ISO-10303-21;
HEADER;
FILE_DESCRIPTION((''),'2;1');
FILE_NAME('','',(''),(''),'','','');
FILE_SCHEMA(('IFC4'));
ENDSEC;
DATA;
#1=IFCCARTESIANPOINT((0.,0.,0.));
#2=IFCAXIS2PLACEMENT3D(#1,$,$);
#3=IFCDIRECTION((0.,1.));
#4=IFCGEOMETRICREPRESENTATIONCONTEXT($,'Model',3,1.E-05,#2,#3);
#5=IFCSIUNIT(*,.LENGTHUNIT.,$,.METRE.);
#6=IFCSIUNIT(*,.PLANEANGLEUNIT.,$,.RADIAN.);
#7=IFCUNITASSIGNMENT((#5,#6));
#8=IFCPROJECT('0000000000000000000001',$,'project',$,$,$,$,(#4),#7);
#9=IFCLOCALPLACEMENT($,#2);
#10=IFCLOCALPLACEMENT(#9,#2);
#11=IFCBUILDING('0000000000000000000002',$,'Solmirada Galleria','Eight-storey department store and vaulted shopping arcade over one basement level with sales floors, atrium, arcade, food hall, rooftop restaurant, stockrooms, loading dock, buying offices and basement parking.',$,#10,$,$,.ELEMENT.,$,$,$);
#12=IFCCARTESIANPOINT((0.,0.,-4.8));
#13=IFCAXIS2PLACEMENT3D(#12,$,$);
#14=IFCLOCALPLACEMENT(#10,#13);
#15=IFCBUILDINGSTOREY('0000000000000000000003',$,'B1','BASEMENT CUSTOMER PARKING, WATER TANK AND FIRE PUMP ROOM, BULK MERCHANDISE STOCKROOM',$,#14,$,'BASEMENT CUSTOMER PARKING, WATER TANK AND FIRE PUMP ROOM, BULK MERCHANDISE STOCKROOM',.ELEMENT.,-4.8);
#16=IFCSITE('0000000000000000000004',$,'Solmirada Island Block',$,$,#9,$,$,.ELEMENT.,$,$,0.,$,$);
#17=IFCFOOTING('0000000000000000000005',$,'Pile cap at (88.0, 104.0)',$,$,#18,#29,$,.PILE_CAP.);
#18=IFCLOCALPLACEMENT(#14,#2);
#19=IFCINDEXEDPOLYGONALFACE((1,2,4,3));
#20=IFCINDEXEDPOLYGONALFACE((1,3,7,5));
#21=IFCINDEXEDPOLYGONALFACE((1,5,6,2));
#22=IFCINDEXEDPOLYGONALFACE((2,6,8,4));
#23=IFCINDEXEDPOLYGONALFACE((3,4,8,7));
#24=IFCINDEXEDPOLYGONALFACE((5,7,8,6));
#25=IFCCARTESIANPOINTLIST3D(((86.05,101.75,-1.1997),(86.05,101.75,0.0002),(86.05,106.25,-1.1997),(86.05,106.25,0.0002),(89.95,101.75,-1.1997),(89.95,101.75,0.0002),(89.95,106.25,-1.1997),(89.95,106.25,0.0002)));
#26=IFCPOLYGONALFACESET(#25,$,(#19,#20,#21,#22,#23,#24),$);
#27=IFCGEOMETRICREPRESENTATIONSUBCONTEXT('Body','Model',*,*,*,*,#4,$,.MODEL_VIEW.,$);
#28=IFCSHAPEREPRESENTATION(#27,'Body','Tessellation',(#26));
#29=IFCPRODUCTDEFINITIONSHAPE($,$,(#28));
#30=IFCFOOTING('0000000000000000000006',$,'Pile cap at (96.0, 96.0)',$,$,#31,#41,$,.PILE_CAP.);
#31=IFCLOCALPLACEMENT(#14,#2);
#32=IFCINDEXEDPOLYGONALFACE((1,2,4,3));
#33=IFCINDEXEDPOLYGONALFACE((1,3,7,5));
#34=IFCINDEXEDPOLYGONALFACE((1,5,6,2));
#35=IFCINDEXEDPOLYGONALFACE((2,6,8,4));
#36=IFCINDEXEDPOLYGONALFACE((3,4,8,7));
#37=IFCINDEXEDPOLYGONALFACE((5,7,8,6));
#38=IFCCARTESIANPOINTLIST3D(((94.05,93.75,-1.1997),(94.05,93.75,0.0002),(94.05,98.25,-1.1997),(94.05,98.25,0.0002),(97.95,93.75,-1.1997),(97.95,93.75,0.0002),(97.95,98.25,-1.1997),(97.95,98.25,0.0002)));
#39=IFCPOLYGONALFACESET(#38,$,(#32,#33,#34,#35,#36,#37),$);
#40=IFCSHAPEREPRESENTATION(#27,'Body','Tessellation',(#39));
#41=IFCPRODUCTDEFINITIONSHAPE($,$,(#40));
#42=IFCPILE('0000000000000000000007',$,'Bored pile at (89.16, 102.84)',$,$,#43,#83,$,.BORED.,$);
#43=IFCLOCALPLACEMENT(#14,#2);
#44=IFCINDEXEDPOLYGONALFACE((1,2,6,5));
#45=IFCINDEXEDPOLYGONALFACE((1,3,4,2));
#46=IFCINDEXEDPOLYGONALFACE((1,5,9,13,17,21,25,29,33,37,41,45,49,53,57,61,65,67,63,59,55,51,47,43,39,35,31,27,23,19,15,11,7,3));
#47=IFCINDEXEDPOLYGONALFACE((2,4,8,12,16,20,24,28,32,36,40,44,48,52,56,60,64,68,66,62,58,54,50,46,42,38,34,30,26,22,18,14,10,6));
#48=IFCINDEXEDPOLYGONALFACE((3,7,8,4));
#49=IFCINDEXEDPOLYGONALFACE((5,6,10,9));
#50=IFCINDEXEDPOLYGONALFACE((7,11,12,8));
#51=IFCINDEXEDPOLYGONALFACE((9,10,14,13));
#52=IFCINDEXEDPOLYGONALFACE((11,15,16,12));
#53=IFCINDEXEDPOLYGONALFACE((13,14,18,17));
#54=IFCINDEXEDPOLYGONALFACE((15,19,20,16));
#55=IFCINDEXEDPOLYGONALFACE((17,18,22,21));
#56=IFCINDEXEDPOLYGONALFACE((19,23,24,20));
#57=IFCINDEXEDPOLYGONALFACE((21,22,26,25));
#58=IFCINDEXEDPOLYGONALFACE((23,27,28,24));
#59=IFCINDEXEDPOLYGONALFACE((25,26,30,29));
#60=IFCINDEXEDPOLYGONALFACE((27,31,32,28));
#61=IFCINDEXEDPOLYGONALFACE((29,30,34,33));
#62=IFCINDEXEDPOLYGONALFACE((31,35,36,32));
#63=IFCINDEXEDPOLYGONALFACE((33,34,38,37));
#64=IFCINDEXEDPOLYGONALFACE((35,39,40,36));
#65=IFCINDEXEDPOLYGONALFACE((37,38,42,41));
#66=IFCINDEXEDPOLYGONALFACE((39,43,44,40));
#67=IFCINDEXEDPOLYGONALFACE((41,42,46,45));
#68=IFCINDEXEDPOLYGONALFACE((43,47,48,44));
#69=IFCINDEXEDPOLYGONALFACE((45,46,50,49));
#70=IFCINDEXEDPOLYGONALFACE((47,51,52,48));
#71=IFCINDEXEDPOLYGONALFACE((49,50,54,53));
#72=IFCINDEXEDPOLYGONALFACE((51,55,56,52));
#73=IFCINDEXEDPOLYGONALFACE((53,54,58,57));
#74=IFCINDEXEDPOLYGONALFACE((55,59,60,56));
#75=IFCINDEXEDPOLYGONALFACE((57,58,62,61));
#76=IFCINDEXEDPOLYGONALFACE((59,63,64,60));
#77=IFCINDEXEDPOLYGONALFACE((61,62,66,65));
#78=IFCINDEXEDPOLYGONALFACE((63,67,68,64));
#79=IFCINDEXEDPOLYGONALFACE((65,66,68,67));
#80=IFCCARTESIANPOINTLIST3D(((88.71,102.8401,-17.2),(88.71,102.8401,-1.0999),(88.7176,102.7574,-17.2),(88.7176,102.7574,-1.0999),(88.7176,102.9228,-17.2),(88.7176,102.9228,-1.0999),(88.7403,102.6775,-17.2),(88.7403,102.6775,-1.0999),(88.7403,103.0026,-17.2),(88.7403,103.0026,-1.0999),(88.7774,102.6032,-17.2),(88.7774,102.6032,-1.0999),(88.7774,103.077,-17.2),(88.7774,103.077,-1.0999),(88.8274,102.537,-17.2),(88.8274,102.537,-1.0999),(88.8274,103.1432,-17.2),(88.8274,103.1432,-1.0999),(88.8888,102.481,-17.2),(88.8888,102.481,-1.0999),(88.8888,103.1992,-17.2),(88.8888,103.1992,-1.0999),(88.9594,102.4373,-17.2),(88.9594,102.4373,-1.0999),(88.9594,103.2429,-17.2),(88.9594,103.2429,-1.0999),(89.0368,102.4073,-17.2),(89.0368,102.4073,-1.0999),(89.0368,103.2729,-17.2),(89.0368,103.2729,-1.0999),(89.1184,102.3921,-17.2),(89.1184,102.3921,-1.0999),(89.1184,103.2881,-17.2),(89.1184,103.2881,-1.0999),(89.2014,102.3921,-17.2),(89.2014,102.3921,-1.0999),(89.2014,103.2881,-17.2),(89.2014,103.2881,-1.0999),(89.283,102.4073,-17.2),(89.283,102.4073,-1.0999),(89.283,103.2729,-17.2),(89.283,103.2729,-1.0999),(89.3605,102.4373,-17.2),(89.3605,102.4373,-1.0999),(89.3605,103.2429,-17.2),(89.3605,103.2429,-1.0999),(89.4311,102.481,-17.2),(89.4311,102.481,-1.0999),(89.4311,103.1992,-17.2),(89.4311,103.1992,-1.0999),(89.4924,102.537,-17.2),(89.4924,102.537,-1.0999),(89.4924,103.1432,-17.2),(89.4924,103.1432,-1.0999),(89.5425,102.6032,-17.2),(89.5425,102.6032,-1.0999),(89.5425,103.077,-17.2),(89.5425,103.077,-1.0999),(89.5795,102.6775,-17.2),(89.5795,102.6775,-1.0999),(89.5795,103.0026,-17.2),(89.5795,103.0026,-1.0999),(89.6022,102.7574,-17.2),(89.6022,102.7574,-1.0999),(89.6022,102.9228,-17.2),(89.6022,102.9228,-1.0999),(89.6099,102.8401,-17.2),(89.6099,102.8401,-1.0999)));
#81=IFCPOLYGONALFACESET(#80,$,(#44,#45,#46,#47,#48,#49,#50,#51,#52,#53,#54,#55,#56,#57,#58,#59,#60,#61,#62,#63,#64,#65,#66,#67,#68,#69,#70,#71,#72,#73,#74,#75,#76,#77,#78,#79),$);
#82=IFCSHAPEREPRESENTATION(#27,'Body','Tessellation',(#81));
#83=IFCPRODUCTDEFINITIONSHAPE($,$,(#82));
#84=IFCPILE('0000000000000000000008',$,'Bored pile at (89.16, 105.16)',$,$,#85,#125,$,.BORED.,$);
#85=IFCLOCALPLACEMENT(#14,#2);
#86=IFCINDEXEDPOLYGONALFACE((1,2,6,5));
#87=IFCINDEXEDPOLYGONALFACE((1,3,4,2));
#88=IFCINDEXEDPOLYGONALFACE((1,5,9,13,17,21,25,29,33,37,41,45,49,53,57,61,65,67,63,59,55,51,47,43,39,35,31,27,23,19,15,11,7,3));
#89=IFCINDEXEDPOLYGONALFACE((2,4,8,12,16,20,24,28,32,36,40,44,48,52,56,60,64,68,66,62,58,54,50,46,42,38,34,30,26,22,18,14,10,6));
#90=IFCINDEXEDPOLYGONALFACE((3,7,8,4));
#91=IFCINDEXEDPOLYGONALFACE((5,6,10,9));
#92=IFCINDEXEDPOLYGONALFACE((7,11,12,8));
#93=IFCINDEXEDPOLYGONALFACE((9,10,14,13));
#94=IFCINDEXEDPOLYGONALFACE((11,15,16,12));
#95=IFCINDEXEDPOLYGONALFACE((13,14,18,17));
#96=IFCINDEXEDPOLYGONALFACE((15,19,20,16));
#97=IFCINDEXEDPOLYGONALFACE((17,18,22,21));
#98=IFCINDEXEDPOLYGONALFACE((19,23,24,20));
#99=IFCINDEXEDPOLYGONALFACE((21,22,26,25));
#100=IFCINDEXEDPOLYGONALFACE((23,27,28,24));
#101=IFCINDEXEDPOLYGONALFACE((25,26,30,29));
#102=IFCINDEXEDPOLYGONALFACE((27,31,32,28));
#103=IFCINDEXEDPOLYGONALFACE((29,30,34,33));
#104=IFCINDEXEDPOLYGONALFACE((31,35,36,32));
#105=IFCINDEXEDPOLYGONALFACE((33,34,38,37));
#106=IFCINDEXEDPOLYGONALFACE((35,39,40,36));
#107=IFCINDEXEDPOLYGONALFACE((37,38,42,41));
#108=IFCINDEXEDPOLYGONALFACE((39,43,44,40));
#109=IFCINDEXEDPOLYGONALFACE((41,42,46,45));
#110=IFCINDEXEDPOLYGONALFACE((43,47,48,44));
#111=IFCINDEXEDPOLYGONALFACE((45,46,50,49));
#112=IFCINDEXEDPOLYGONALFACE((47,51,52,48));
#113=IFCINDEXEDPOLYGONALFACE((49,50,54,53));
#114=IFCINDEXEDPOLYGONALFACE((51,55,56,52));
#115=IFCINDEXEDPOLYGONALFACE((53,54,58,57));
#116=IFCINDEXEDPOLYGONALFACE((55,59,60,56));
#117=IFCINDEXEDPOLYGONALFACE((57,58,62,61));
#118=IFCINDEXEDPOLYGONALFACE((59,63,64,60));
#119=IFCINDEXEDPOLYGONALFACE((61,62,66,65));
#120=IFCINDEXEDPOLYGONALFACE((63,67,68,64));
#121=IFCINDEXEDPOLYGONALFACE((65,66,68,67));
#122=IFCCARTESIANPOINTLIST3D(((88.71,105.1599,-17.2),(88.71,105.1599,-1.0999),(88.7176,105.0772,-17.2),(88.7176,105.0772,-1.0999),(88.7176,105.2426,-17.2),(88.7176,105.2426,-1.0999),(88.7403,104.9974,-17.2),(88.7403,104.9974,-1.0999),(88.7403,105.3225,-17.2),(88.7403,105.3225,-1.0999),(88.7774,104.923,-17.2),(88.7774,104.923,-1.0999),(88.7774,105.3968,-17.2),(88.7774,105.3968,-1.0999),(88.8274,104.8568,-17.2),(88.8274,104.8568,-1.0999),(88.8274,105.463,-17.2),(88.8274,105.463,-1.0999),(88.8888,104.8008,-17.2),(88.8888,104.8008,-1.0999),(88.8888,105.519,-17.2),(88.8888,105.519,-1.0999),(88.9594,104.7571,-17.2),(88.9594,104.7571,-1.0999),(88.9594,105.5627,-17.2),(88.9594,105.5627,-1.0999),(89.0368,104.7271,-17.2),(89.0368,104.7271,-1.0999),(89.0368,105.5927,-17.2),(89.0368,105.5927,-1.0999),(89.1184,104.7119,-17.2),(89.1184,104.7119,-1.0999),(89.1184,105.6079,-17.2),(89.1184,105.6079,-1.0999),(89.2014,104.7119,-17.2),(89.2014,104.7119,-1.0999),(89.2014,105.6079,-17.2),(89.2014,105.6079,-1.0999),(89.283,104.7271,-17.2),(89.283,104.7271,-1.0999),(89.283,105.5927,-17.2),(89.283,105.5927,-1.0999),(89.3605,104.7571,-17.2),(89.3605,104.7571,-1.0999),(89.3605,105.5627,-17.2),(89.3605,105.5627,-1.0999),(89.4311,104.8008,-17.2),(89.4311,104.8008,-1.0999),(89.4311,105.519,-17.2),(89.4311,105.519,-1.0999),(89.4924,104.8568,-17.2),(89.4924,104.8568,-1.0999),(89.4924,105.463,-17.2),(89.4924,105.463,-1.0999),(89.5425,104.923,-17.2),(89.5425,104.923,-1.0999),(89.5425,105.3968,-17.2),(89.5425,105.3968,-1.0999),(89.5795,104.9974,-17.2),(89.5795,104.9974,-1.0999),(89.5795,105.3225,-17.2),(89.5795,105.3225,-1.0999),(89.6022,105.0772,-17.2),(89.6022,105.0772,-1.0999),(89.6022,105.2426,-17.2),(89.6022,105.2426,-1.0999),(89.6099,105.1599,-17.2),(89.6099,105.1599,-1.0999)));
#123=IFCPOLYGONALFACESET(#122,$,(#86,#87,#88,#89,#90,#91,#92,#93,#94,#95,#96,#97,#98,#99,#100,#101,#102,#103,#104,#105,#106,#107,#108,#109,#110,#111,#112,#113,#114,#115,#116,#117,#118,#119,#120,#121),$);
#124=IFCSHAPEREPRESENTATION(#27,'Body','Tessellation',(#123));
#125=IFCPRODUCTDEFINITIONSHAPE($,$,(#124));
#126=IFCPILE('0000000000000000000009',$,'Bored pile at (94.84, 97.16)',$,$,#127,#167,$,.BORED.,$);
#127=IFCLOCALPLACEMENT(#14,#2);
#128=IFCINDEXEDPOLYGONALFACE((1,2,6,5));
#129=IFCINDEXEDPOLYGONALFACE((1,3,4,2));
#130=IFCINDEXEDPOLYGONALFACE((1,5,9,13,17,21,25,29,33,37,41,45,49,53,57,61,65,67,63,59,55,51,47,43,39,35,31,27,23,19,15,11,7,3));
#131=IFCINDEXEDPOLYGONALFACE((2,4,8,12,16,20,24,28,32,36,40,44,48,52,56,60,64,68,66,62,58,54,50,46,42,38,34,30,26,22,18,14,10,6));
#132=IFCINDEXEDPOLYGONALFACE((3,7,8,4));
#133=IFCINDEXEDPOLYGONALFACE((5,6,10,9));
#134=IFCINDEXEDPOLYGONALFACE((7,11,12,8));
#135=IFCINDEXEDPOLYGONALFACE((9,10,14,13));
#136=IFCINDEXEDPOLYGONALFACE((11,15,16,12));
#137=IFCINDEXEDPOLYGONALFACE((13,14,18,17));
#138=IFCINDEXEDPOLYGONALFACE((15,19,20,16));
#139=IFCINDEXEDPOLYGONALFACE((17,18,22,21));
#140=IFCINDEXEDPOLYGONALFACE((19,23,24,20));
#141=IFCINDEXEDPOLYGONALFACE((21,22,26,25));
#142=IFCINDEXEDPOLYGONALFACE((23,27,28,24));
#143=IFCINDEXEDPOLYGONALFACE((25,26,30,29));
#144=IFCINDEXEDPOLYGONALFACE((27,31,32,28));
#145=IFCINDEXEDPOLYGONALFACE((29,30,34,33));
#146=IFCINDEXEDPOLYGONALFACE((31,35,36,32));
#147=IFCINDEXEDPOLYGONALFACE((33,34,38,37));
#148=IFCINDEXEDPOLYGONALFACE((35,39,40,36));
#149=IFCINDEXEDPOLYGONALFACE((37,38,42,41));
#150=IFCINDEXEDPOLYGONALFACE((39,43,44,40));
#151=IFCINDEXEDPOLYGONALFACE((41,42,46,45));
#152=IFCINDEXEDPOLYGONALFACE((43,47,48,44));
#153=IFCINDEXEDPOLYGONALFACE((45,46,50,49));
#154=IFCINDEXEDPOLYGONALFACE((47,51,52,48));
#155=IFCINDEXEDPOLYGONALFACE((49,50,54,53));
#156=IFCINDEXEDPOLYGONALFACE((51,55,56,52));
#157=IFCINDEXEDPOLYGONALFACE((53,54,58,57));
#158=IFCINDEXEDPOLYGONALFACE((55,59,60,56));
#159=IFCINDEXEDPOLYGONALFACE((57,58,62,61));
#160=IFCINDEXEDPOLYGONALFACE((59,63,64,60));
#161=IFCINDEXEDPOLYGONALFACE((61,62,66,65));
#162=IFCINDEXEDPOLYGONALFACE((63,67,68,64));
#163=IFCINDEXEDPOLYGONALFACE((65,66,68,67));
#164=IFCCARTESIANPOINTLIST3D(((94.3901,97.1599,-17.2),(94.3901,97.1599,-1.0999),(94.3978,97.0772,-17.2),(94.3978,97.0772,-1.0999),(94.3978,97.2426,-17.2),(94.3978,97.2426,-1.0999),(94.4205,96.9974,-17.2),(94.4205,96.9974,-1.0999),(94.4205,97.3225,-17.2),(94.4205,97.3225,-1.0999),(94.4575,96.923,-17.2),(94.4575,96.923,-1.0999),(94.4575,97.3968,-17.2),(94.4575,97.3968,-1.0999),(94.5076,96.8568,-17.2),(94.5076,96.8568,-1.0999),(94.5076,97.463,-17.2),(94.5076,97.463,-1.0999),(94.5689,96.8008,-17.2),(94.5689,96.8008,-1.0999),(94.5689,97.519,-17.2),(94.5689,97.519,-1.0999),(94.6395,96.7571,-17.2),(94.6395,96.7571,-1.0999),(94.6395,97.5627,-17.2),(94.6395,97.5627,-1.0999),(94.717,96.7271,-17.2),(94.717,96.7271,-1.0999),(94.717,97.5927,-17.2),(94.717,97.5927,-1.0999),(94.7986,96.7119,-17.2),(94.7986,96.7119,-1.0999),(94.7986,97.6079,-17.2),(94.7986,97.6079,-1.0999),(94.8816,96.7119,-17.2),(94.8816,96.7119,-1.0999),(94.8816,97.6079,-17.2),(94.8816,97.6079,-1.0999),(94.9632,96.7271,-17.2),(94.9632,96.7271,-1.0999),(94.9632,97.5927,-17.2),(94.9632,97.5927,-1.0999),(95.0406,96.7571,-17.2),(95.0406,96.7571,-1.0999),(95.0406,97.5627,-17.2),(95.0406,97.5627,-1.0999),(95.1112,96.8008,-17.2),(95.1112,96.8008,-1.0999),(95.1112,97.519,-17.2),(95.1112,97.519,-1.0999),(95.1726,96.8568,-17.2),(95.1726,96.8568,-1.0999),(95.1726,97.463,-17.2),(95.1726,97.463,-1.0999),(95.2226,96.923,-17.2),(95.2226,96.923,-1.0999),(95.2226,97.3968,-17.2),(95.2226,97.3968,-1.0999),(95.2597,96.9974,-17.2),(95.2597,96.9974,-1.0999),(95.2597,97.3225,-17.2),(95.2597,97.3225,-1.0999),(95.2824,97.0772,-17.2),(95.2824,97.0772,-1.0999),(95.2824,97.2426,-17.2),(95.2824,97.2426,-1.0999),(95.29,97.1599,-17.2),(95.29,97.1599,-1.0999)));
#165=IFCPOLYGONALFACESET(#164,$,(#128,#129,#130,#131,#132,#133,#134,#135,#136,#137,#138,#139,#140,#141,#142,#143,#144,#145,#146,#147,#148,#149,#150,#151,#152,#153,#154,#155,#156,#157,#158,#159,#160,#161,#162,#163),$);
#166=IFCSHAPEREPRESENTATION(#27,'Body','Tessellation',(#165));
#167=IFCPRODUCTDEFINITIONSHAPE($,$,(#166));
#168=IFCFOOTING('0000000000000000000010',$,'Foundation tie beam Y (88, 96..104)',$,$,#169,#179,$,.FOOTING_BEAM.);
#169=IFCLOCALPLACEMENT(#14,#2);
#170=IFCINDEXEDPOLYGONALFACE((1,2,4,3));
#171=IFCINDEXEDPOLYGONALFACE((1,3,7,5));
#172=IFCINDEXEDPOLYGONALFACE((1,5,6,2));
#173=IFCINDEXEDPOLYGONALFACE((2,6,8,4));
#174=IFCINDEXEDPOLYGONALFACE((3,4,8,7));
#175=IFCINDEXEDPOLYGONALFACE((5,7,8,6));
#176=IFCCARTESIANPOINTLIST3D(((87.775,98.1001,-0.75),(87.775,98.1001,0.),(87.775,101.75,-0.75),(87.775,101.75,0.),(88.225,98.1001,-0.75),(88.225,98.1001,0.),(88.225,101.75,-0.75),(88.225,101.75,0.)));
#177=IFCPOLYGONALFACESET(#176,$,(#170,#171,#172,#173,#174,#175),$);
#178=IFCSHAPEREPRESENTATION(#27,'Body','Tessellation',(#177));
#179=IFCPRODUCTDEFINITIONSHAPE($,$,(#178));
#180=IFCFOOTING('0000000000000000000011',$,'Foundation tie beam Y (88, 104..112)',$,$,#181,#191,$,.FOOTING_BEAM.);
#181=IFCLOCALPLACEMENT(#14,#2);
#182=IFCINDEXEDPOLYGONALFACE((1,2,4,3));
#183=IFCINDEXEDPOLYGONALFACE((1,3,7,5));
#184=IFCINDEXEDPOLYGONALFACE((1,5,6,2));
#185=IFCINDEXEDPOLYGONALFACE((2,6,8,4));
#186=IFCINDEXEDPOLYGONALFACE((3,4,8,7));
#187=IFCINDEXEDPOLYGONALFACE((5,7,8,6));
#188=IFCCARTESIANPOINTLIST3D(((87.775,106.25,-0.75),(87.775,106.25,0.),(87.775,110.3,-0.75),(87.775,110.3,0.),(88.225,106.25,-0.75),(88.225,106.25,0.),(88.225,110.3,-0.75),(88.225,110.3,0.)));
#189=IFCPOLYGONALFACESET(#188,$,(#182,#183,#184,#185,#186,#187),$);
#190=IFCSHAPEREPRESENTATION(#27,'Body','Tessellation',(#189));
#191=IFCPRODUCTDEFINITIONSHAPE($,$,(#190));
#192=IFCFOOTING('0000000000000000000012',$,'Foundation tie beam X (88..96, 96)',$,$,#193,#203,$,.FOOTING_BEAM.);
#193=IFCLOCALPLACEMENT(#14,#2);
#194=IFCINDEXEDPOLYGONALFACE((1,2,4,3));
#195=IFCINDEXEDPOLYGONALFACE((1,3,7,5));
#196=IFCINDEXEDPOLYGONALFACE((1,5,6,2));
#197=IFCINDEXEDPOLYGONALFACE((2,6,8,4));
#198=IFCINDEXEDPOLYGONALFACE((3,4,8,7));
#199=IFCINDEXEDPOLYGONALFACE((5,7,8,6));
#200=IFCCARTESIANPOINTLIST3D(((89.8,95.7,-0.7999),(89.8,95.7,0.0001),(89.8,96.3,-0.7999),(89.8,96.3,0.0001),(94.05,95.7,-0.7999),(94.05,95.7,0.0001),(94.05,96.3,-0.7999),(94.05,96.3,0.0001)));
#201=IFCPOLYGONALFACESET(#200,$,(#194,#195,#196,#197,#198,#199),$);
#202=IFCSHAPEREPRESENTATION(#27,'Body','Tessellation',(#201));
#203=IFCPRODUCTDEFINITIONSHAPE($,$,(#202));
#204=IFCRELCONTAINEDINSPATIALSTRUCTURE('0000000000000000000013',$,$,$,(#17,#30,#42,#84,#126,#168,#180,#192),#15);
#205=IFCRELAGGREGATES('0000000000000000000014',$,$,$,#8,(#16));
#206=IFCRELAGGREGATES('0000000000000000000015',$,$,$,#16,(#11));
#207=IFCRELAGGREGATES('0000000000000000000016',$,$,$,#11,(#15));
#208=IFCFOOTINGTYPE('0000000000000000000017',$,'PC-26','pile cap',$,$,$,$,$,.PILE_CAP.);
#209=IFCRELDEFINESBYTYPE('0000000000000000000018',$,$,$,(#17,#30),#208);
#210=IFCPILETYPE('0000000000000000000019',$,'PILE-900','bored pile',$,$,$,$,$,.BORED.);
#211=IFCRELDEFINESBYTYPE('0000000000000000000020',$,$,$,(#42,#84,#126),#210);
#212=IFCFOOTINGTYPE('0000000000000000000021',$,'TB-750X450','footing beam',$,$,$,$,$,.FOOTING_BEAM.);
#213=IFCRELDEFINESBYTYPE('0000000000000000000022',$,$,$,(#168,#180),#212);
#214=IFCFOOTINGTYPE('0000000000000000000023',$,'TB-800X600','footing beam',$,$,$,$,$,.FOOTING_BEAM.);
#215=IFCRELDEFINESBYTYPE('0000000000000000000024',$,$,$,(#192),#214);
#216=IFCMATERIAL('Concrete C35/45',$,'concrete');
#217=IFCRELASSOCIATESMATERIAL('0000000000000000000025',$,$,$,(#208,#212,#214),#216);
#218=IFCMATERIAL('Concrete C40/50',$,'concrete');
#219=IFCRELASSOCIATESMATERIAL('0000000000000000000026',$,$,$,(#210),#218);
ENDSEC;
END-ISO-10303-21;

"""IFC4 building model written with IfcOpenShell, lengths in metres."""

from ifc_helpers import new_model, si_unit, direction, frame, origin, origin_2d, place, context, subcontext, project, spatial, rectangle, circle, extrude, material, material_profile, profile_set, type_object, element, save


model = new_model("IFC4")

# Units and contexts
model_context = context("Model", 3, precision=1e-05, world=origin(), true_north=direction((0.0, 1.0)))
body_context = subcontext(model_context, "Body", "Model", "MODEL_VIEW")
ifc_project = project(units=[si_unit("LENGTHUNIT", "METRE"), si_unit("PLANEANGLEUNIT", "RADIAN")], contexts=[model_context])

# Site, building, storey
site_placement = place(None, origin())
site = spatial("IfcSite", under=ifc_project, at=site_placement, Name="Solmirada Island Block", CompositionType="ELEMENT", RefElevation=0.0)
building_placement = place(site_placement, origin())
building = spatial("IfcBuilding", under=site, at=building_placement, Name="Solmirada Galleria", Description="Eight-storey department store and vaulted shopping arcade over one basement level with sales floors, atrium, arcade, food hall, rooftop restaurant, stockrooms, loading dock, buying offices and basement parking.", CompositionType="ELEMENT")
storey_placement = place(building_placement, frame((0.0, 0.0, -4.8)))
storey = spatial("IfcBuildingStorey", under=building, at=storey_placement, Name="B1", Description="BASEMENT CUSTOMER PARKING, WATER TANK AND FIRE PUMP ROOM, BULK MERCHANDISE STOCKROOM", LongName="BASEMENT CUSTOMER PARKING, WATER TANK AND FIRE PUMP ROOM, BULK MERCHANDISE STOCKROOM", CompositionType="ELEMENT", Elevation=-4.8)

# Footings
ifc_material_1 = material(Name="Concrete C35/45", Category="concrete")
footing_type_1 = type_object("IfcFootingType", Name="PC-26", Description="pile cap", PredefinedType="PILE_CAP", material=ifc_material_1)
for number, where, z_axis, x_axis, name in (
    (1, (88.0, 104.0, -1.1997), (0.0, 0.0, 1.0), (1.0, 0.0, 0.0), "Pile cap at (88.0, 104.0)"),
    (2, (96.0, 96.0, -1.1997), (0.0, 0.0, 1.0), (1.0, 0.0, 0.0), "Pile cap at (96.0, 96.0)"),
):
    element("IfcFooting", number, at=place(storey_placement, frame(where, z_axis=z_axis, x_axis=x_axis)), inside=storey, type_object=footing_type_1, Name=name, PredefinedType="PILE_CAP", context=body_context, shape_type="SweptSolid", body=[
        extrude(rectangle(XDim=3.8999, YDim=4.5, at=origin_2d()), origin(), (0.0, 0.0, 1.0), 1.2),
    ])

# Piles
ifc_material_2 = material(Name="Concrete C40/50", Category="concrete")
ifc_material_profile_1 = material_profile(ifc_material_2, circle(Radius=0.45, at=origin_2d()), Name="PILE900")
ifc_profile_set_1 = profile_set([ifc_material_profile_1], Name="Concrete C40/50")
pile_type = type_object("IfcPileType", Name="PILE-900", Description="bored pile", PredefinedType="BORED", material=ifc_profile_set_1)
for number, where, z_axis, x_axis, name in (
    (3, (89.1599, 102.8401, -1.0999), (0.0, 0.0, -1.0), (1.0, 0.0, 0.0), "Bored pile at (89.16, 102.84)"),
    (4, (89.1599, 105.1599, -1.0999), (0.0, 0.0, -1.0), (1.0, 0.0, 0.0), "Bored pile at (89.16, 105.16)"),
    (5, (94.8401, 97.1599, -1.0999), (0.0, 0.0, -1.0), (1.0, 0.0, 0.0), "Bored pile at (94.84, 97.16)"),
):
    element("IfcPile", number, at=place(storey_placement, frame(where, z_axis=z_axis, x_axis=x_axis)), inside=storey, type_object=pile_type, Name=name, PredefinedType="BORED", context=body_context, shape_type="SweptSolid", body=[
        extrude(circle(Radius=0.45, at=origin_2d()), origin(), (0.0, 0.0, 1.0), 16.1001),
    ])

# Footings
ifc_material_profile_2 = material_profile(ifc_material_1, rectangle(XDim=0.45, YDim=0.75, at=origin_2d()), Name="RC750X450")
ifc_profile_set_2 = profile_set([ifc_material_profile_2], Name="Concrete C35/45")
footing_type_2 = type_object("IfcFootingType", Name="TB-750X450", Description="footing beam", PredefinedType="FOOTING_BEAM", material=ifc_profile_set_2)
footing_1_placement = place(storey_placement, frame((88.0, 98.1001, -0.375), z_axis=(0.0, 1.0, 0.0), x_axis=(-1.0, 0.0, 0.0)))
element("IfcFooting", 6, at=footing_1_placement, inside=storey, type_object=footing_type_2, Name="Foundation tie beam Y (88, 96..104)", PredefinedType="FOOTING_BEAM", context=body_context, shape_type="SweptSolid", body=[
    extrude(rectangle(XDim=0.45, YDim=0.75, at=origin_2d()), origin(), (0.0, 0.0, 1.0), 3.6499),
])
footing_2_placement = place(storey_placement, frame((88.0, 106.25, -0.375), z_axis=(0.0, 1.0, 0.0), x_axis=(-1.0, 0.0, 0.0)))
element("IfcFooting", 7, at=footing_2_placement, inside=storey, type_object=footing_type_2, Name="Foundation tie beam Y (88, 104..112)", PredefinedType="FOOTING_BEAM", context=body_context, shape_type="SweptSolid", body=[
    extrude(rectangle(XDim=0.45, YDim=0.75, at=origin_2d()), origin(), (0.0, 0.0, 1.0), 4.05),
])
ifc_material_profile_3 = material_profile(ifc_material_1, rectangle(XDim=0.6001, YDim=0.8, at=origin_2d()), Name="RC800X600")
ifc_profile_set_3 = profile_set([ifc_material_profile_3], Name="Concrete C35/45")
footing_type_3 = type_object("IfcFootingType", Name="TB-800X600", Description="footing beam", PredefinedType="FOOTING_BEAM", material=ifc_profile_set_3)
footing_3_placement = place(storey_placement, frame((89.8, 96.0, -0.3999), z_axis=(1.0, 0.0, 0.0), x_axis=(0.0, 1.0, 0.0)))
element("IfcFooting", 8, at=footing_3_placement, inside=storey, type_object=footing_type_3, Name="Foundation tie beam X (88..96, 96)", PredefinedType="FOOTING_BEAM", context=body_context, shape_type="SweptSolid", body=[
    extrude(rectangle(XDim=0.6001, YDim=0.8, at=origin_2d()), origin(), (0.0, 0.0, 1.0), 4.25),
])

save(model, "model.ifc")
